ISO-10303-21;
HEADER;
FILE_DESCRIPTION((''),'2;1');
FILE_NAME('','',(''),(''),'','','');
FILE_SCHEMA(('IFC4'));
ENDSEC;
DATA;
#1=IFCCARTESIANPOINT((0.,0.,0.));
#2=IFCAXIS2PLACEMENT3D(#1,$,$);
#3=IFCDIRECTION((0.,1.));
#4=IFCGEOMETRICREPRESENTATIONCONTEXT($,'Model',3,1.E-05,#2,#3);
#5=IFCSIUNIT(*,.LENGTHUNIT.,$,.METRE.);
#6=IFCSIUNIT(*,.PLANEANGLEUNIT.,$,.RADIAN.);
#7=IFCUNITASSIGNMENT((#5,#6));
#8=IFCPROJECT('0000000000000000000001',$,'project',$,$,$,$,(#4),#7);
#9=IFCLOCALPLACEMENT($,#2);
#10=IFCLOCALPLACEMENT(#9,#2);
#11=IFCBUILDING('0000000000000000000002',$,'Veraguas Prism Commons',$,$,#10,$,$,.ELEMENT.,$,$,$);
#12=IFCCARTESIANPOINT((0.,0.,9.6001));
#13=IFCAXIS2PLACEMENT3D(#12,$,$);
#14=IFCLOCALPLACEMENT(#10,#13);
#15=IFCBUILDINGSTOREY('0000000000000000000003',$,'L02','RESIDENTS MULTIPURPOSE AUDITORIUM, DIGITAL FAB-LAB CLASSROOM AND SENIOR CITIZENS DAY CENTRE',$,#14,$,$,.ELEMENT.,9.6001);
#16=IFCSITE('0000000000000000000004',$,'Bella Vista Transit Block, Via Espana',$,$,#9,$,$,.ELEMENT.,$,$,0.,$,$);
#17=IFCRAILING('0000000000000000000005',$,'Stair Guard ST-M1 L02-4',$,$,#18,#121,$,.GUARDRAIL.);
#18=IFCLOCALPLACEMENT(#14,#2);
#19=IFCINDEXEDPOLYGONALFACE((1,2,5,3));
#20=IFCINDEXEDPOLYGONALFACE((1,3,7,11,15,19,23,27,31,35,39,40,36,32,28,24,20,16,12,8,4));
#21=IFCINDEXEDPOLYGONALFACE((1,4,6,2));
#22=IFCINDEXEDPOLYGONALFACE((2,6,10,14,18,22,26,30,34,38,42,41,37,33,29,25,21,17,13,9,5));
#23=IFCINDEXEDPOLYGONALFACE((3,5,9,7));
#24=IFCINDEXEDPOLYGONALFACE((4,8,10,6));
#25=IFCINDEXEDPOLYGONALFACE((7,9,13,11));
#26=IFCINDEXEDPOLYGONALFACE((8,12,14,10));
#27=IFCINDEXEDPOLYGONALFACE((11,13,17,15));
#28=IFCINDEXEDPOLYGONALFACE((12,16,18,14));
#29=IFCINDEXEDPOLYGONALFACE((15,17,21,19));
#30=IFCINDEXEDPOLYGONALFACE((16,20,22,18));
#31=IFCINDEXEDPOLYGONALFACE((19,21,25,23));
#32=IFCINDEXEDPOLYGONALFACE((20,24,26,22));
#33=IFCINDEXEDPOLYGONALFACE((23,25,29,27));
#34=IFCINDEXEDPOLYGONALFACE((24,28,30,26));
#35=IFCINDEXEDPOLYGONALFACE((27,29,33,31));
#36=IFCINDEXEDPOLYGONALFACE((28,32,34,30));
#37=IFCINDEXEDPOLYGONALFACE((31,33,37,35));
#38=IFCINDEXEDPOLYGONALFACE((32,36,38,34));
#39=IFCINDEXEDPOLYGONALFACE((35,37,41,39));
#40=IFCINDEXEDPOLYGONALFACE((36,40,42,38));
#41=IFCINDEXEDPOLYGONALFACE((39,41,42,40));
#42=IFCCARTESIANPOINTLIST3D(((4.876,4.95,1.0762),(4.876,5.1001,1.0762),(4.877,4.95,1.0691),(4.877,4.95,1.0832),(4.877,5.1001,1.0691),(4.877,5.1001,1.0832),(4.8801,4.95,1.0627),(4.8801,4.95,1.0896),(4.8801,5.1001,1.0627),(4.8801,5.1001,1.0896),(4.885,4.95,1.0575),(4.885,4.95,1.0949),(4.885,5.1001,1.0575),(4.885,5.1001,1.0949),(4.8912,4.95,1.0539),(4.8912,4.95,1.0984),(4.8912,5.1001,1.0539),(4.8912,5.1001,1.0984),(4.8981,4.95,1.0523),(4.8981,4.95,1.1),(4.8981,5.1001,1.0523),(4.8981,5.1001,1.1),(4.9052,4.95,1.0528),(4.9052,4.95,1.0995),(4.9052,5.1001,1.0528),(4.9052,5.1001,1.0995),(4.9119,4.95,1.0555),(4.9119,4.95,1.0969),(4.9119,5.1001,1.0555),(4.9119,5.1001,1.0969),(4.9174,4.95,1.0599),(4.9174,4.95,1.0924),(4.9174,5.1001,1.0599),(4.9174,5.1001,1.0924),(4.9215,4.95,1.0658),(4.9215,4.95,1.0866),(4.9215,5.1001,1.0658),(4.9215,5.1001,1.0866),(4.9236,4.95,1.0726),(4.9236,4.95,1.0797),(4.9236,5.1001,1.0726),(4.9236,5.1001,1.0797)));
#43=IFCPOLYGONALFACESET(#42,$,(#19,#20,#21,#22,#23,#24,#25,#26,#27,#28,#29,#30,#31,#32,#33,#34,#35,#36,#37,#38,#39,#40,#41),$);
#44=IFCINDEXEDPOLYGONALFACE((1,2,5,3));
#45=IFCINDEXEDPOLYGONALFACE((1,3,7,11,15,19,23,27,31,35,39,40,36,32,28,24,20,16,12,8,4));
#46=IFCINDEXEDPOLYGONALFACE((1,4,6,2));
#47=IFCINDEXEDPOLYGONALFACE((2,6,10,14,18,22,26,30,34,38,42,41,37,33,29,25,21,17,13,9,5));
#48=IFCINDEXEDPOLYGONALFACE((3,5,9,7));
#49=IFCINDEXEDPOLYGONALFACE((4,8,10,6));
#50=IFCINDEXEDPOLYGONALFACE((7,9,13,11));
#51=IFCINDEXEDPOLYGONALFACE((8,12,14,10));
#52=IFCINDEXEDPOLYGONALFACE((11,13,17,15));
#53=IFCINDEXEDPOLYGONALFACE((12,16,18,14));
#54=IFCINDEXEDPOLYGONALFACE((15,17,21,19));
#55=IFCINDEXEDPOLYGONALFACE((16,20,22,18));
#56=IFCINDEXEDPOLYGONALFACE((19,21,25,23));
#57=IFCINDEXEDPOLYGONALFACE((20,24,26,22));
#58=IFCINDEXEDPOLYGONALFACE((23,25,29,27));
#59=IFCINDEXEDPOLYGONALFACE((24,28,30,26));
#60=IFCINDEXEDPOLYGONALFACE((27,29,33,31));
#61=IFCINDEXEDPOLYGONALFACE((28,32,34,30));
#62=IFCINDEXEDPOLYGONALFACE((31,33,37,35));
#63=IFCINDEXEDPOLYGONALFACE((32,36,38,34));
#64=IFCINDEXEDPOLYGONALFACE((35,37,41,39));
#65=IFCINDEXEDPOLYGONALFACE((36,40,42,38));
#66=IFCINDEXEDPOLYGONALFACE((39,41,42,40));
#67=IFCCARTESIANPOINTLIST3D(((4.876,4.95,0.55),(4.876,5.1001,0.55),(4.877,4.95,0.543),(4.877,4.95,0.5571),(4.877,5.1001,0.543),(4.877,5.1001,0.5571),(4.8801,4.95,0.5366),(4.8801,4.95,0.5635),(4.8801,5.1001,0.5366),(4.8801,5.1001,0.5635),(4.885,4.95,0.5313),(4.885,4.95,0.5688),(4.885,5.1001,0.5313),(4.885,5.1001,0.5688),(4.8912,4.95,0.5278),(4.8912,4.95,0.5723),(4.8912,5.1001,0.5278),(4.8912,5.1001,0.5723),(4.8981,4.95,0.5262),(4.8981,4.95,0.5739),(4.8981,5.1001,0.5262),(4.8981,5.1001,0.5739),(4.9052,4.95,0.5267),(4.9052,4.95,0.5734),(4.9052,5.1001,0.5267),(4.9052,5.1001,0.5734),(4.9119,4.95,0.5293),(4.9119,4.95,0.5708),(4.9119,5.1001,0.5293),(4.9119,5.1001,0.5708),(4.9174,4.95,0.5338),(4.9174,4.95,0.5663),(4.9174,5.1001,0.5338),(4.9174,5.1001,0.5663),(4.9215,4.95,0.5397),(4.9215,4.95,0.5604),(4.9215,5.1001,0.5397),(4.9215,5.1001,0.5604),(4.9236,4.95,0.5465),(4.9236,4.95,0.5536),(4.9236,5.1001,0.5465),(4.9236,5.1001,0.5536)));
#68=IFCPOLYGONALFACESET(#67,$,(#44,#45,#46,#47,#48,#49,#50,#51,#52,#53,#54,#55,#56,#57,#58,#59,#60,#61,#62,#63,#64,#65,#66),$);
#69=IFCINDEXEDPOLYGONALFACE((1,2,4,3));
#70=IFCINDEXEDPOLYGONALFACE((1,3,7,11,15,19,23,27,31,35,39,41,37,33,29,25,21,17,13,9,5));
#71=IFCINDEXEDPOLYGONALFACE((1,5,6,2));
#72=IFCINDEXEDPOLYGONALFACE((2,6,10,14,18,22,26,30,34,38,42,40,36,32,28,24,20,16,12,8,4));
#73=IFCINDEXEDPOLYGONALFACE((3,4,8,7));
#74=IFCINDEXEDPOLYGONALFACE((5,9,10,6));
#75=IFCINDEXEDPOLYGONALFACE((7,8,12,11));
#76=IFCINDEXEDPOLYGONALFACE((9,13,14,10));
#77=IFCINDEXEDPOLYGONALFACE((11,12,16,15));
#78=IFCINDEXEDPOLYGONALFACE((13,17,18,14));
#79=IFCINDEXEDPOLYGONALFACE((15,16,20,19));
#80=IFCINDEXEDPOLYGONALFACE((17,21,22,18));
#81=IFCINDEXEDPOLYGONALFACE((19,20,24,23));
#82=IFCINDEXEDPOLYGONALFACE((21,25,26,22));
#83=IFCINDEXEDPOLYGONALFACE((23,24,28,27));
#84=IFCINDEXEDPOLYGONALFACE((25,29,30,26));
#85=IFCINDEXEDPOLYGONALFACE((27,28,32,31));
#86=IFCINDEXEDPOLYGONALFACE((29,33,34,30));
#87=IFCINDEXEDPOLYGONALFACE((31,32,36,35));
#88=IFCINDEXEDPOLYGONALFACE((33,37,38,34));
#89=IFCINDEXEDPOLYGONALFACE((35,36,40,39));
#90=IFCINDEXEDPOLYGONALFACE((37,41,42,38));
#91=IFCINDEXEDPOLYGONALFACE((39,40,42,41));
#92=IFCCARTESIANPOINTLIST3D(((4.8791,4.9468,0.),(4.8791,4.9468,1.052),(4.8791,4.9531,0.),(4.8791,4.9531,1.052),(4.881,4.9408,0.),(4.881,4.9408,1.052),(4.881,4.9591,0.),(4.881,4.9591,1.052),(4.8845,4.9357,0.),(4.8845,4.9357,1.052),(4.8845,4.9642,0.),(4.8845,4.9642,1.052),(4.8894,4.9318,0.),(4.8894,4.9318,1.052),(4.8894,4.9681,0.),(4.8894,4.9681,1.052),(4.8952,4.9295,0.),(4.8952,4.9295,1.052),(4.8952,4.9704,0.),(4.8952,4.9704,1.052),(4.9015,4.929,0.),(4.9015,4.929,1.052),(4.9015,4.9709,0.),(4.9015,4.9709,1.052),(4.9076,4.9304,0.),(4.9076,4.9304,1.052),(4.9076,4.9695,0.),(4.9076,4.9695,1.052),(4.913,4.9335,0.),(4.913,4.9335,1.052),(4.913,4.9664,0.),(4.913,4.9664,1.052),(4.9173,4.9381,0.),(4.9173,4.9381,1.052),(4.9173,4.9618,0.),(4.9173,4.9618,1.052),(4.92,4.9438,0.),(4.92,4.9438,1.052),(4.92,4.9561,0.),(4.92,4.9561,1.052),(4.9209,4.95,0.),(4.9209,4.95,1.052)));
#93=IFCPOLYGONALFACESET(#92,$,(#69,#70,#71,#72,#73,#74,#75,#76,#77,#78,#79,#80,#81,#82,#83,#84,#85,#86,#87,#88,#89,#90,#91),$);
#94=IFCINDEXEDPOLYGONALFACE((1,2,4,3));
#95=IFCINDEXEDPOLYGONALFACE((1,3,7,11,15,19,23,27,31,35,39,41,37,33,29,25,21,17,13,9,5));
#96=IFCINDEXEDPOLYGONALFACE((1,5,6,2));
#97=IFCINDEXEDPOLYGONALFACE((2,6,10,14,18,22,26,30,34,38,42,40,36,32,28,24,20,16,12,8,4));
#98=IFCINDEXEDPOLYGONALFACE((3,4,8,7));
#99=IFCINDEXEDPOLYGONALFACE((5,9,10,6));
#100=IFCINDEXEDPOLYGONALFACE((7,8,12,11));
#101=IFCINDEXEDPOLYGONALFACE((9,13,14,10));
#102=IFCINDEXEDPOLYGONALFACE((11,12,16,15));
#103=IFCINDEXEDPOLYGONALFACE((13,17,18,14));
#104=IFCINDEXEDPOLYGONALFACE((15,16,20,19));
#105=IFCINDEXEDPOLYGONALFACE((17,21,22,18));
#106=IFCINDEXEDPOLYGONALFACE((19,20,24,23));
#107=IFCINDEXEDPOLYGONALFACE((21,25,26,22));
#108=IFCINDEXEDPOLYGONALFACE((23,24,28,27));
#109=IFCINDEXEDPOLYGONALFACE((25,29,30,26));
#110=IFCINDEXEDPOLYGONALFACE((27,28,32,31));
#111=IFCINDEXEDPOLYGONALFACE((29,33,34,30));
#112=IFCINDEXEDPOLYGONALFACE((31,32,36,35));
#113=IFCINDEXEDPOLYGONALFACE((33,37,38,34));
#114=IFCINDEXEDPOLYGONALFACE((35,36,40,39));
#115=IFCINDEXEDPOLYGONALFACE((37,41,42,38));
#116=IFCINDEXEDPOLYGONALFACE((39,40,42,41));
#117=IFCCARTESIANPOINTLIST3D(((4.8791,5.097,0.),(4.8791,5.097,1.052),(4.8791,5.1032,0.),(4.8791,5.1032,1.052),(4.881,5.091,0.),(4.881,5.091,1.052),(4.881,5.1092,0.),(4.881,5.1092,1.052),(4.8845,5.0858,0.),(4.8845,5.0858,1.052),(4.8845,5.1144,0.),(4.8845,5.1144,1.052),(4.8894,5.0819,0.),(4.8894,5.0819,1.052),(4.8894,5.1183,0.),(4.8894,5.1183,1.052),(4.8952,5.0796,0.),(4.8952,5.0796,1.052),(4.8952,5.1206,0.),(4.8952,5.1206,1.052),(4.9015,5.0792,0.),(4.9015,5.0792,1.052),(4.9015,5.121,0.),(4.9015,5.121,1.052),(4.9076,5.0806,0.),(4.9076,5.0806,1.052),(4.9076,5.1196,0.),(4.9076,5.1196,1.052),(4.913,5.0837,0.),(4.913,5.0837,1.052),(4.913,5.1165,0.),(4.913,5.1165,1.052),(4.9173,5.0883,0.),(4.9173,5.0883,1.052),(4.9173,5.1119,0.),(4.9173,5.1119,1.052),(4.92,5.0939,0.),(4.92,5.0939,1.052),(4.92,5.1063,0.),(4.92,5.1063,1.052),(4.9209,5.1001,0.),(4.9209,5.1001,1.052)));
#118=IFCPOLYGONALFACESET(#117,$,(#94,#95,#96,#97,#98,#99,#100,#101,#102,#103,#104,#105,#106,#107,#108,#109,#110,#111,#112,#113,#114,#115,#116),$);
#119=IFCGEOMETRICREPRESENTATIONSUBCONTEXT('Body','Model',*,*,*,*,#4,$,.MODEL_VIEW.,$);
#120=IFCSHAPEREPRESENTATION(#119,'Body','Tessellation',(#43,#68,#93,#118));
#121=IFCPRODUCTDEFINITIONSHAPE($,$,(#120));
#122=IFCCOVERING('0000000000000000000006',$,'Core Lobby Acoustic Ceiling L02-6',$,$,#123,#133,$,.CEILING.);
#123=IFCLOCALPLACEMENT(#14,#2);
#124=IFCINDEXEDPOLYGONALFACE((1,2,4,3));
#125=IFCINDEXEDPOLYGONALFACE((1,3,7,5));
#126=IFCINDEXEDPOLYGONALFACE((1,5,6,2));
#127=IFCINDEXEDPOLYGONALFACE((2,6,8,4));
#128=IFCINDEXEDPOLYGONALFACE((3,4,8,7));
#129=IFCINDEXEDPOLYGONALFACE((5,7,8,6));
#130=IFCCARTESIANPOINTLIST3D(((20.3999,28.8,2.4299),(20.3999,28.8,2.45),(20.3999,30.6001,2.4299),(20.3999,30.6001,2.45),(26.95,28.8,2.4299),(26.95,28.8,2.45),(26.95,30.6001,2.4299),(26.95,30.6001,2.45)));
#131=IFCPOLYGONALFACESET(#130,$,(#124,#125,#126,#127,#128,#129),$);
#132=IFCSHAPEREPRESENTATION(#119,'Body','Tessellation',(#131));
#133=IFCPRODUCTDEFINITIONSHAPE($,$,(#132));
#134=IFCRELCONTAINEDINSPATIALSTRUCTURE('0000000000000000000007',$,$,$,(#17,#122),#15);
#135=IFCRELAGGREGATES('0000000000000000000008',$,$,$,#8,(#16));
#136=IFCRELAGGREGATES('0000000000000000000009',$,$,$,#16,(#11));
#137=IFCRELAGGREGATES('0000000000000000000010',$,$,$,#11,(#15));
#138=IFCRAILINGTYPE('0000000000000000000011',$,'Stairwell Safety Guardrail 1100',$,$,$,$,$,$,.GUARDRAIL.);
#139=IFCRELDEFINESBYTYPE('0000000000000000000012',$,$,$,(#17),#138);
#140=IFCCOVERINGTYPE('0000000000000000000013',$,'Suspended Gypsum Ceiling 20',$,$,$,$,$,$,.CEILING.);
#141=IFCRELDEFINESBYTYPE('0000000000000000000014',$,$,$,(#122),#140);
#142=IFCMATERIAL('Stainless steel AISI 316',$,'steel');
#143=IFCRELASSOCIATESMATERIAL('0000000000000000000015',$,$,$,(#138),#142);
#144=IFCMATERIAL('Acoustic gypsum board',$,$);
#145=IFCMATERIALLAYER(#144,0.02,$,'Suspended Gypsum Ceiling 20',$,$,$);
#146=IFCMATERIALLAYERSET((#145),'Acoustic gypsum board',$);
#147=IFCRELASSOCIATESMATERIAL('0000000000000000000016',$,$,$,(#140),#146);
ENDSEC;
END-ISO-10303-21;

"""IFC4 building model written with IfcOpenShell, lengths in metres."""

from ifc_helpers import new_model, si_unit, direction, frame, origin, origin_2d, place, context, subcontext, project, spatial, polyline, circle, outline, extrude, material, layer, layer_set, type_object, element, save


model = new_model("IFC4")

# Units and contexts
model_context = context("Model", 3, precision=1e-05, world=origin(), true_north=direction((0.0, 1.0)))
body_context = subcontext(model_context, "Body", "Model", "MODEL_VIEW")
ifc_project = project(units=[si_unit("LENGTHUNIT", "METRE"), si_unit("PLANEANGLEUNIT", "RADIAN")], contexts=[model_context])

# Site, building, storey
site_placement = place(None, origin())
site = spatial("IfcSite", under=ifc_project, at=site_placement, Name="Bella Vista Transit Block, Via Espana", CompositionType="ELEMENT", RefElevation=0.0)
building_placement = place(site_placement, origin())
building = spatial("IfcBuilding", under=site, at=building_placement, Name="Veraguas Prism Commons", CompositionType="ELEMENT")
storey_placement = place(building_placement, frame((0.0, 0.0, 9.6001)))
storey = spatial("IfcBuildingStorey", under=building, at=storey_placement, Name="L02", Description="RESIDENTS MULTIPURPOSE AUDITORIUM, DIGITAL FAB-LAB CLASSROOM AND SENIOR CITIZENS DAY CENTRE", CompositionType="ELEMENT", Elevation=9.6001)

# Railing
ifc_material_1 = material(Name="Stainless steel AISI 316", Category="steel")
railing_type_1 = type_object("IfcRailingType", Name="Stairwell Safety Guardrail 1100", PredefinedType="GUARDRAIL", material=ifc_material_1)
railing_1_placement = place(storey_placement, frame((4.8999, 4.95, 0.0)))
element("IfcRailing", 1, at=railing_1_placement, inside=storey, type_object=railing_type_1, Name="Stair Guard ST-M1 L02-4", PredefinedType="GUARDRAIL", context=body_context, shape_type="SweptSolid", body=[
    extrude(circle(Radius=0.0239, at=origin_2d()), frame((0.0, 0.0, 1.0762), z_axis=(0.0, 1.0, 0.0), x_axis=(-1.0, 0.0, 0.0)), (0.0, 0.0, 1.0), 0.1501),
    extrude(circle(Radius=0.0239, at=origin_2d()), frame((0.0, 0.0, 0.55), z_axis=(0.0, 1.0, 0.0), x_axis=(-1.0, 0.0, 0.0)), (0.0, 0.0, 1.0), 0.1501),
    extrude(circle(Radius=0.021, at=origin_2d()), origin(), (0.0, 0.0, 1.0), 1.052),
    extrude(circle(Radius=0.021, at=origin_2d()), frame((0.0, 0.1501, 0.0)), (0.0, 0.0, 1.0), 1.052),
])

# Covering
ifc_material_2 = material(Name="Acoustic gypsum board")
ifc_layer_1 = layer(ifc_material_2, 0.02, Name="Suspended Gypsum Ceiling 20")
ifc_layer_set_1 = layer_set([ifc_layer_1], Name="Acoustic gypsum board")
covering_type = type_object("IfcCoveringType", Name="Suspended Gypsum Ceiling 20", PredefinedType="CEILING", material=ifc_layer_set_1)
covering_placement = place(storey_placement, frame((0.0, 0.0, 2.4299)))
element("IfcCovering", 2, at=covering_placement, inside=storey, type_object=covering_type, Name="Core Lobby Acoustic Ceiling L02-6", PredefinedType="CEILING", context=body_context, shape_type="SweptSolid", body=[
    extrude(outline(polyline([(20.3999, 28.8), (26.95, 28.8), (26.95, 30.6001), (20.3999, 30.6001), (20.3999, 28.8)])), origin(), (0.0, 0.0, 1.0), 0.02),
])

save(model, "model.ifc")
